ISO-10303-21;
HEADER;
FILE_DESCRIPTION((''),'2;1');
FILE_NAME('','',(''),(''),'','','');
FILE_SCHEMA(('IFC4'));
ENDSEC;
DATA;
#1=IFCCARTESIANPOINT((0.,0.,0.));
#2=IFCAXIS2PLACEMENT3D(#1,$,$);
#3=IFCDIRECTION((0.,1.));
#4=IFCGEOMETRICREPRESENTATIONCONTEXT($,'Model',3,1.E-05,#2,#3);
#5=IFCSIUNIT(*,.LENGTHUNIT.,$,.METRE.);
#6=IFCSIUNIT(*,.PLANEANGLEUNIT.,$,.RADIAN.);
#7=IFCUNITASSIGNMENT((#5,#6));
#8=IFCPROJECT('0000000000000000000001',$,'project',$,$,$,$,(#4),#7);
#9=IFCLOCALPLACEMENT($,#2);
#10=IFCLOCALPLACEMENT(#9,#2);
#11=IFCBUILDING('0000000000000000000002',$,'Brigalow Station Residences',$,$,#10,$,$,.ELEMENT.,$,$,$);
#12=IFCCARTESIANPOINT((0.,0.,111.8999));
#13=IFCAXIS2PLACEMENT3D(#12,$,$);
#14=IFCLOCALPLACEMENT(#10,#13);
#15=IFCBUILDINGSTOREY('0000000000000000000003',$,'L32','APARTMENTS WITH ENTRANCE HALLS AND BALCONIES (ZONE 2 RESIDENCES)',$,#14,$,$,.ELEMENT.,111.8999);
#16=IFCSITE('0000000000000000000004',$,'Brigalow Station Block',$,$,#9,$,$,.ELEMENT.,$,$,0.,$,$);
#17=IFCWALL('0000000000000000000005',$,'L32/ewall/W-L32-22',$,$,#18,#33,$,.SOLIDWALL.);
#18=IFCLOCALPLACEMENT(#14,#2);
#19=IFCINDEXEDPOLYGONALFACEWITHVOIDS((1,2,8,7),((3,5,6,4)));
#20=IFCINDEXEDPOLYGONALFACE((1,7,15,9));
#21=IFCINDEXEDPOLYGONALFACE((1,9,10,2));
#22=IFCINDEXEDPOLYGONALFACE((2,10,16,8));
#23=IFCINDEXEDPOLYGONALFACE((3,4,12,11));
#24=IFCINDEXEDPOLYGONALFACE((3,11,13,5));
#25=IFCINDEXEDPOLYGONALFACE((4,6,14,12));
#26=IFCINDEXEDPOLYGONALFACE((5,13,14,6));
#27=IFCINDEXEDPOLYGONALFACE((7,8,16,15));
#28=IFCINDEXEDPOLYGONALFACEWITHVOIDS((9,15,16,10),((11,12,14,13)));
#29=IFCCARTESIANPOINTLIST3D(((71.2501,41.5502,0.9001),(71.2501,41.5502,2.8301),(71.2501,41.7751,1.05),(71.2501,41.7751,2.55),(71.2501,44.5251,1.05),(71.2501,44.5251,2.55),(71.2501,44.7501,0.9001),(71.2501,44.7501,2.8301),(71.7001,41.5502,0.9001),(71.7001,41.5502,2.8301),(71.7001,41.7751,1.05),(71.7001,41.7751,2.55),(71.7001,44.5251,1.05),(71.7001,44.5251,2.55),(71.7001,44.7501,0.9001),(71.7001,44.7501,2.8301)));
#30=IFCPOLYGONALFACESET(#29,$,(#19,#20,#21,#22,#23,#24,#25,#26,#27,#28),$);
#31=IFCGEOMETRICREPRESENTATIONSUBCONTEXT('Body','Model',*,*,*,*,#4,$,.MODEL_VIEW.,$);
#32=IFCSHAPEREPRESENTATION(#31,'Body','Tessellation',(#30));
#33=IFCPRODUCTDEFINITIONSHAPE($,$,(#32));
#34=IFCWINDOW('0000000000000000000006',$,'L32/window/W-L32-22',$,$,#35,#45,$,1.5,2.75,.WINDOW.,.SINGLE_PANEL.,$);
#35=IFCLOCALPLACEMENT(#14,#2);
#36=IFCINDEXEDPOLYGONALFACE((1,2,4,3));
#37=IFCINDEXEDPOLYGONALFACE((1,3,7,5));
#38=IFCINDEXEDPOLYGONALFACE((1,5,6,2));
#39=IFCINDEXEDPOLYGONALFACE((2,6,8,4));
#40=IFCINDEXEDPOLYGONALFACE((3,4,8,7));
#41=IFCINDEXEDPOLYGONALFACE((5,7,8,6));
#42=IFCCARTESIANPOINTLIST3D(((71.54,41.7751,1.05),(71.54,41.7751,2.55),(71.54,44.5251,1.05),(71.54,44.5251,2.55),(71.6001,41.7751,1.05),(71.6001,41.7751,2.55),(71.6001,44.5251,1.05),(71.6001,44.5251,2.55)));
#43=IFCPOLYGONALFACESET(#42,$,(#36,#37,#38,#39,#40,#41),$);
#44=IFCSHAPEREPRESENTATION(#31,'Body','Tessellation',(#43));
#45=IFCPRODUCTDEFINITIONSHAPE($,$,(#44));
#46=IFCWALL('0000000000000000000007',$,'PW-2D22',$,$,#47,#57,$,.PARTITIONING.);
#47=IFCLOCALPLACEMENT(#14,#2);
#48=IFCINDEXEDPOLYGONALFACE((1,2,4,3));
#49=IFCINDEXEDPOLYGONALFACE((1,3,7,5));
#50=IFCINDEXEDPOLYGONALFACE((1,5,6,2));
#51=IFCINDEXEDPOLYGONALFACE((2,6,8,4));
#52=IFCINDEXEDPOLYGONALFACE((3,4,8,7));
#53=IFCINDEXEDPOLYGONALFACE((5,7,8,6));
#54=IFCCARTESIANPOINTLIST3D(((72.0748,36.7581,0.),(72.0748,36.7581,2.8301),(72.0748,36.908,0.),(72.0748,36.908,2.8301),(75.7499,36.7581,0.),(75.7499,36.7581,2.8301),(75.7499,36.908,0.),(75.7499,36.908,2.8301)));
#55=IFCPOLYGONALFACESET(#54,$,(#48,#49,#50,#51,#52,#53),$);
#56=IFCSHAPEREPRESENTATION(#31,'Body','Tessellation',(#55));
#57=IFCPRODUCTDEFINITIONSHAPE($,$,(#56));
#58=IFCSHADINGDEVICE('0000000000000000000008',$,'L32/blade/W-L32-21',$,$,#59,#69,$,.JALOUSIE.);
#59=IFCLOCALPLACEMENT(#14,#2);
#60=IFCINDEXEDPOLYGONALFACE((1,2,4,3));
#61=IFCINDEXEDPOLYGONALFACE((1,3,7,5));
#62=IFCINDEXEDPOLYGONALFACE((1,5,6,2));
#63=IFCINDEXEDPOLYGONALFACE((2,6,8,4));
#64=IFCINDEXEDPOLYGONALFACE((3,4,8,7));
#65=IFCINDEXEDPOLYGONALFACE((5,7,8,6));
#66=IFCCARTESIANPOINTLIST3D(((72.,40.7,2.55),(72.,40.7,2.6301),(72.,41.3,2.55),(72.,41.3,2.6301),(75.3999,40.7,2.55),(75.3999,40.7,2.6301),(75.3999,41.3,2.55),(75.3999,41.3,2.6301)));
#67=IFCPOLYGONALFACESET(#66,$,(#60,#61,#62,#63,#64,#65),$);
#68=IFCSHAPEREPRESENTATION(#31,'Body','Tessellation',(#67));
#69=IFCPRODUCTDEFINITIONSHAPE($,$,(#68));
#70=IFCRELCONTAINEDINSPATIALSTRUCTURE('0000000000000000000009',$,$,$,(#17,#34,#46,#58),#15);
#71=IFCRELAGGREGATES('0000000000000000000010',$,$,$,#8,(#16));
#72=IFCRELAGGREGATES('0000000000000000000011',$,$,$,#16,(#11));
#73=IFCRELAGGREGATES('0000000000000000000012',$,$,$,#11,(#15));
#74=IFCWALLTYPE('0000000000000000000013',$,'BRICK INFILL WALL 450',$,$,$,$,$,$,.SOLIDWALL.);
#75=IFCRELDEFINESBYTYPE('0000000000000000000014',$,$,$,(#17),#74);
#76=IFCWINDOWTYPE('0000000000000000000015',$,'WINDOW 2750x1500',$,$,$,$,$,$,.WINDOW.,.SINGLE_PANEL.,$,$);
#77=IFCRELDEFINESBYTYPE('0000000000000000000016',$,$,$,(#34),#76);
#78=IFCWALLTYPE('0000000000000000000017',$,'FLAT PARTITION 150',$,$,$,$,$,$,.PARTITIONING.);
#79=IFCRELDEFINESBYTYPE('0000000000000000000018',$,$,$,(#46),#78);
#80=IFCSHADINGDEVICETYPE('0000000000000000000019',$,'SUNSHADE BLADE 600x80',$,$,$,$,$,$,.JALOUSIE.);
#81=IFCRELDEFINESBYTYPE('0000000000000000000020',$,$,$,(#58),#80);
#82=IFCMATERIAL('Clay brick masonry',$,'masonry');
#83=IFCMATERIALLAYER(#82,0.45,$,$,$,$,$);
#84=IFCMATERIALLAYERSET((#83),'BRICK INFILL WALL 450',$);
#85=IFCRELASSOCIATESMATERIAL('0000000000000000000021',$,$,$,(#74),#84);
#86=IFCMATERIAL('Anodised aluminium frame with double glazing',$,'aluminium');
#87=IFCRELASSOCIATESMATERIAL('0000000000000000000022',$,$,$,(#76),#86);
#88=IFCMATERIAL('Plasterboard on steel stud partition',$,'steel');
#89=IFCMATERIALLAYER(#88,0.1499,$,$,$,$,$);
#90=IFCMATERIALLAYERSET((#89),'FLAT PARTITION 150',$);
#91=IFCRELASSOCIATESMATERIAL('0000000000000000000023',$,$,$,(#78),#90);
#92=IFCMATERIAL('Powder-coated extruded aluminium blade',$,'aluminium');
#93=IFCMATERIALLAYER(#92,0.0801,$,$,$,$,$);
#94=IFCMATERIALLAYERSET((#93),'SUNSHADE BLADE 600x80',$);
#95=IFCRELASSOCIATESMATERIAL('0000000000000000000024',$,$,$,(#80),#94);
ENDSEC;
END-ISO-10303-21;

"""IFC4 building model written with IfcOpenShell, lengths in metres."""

from ifc_helpers import new_model, si_unit, direction, frame, frame_2d, origin, origin_2d, place, context, subcontext, project, spatial, rectangle, extrude, material, layer, layer_set, type_object, element, fill, save


model = new_model("IFC4")

# Units and contexts
model_context = context("Model", 3, precision=1e-05, world=origin(), true_north=direction((0.0, 1.0)))
body_context = subcontext(model_context, "Body", "Model", "MODEL_VIEW")
ifc_project = project(units=[si_unit("LENGTHUNIT", "METRE"), si_unit("PLANEANGLEUNIT", "RADIAN")], contexts=[model_context])

# Site, building, storey
site_placement = place(None, origin())
site = spatial("IfcSite", under=ifc_project, at=site_placement, Name="Brigalow Station Block", CompositionType="ELEMENT", RefElevation=0.0)
building_placement = place(site_placement, origin())
building = spatial("IfcBuilding", under=site, at=building_placement, Name="Brigalow Station Residences", CompositionType="ELEMENT")
storey_placement = place(building_placement, frame((0.0, 0.0, 111.8999)))
storey = spatial("IfcBuildingStorey", under=building, at=storey_placement, Name="L32", Description="APARTMENTS WITH ENTRANCE HALLS AND BALCONIES (ZONE 2 RESIDENCES)", CompositionType="ELEMENT", Elevation=111.8999)

# Wall, opening, window
ifc_material_1 = material(Name="Clay brick masonry", Category="masonry")
ifc_layer_1 = layer(ifc_material_1, 0.45)
ifc_layer_set_1 = layer_set([ifc_layer_1], Name="BRICK INFILL WALL 450")
wall_type_1 = type_object("IfcWallType", Name="BRICK INFILL WALL 450", PredefinedType="SOLIDWALL", material=ifc_layer_set_1)
wall_1_placement = place(storey_placement, frame((71.4751, 41.55, 0.9001), z_axis=(0.0, 0.0, 1.0), x_axis=(0.0, 1.0, 0.0)))
wall_1 = element("IfcWall", 1, at=wall_1_placement, inside=storey, type_object=wall_type_1, Name="L32/ewall/W-L32-22", PredefinedType="SOLIDWALL", context=body_context, shape_type="SweptSolid", body=[
    extrude(rectangle(XDim=3.2, YDim=0.45, at=frame_2d((1.6001, 0.0))), origin(), (0.0, 0.0, 1.0), 1.9299),
])
opening_1_placement = place(wall_1_placement, frame((0.2251, 0.0, 0.1499)))
opening_1 = element("IfcOpeningElement", 2, at=opening_1_placement, cuts=wall_1, PredefinedType="OPENING", context=body_context, shape_type="SweptSolid", body=[
    extrude(rectangle(XDim=2.75, YDim=1.5, at=frame_2d((1.375, 0.75))), frame((0.0, 0.2349, 0.0), z_axis=(0.0, -1.0, 0.0), x_axis=(1.0, 0.0, 0.0)), (0.0, 0.0, 1.0), 0.47),
])
ifc_material_2 = material(Name="Anodised aluminium frame with double glazing", Category="aluminium")
window_type_1 = type_object("IfcWindowType", Name="WINDOW 2750x1500", PartitioningType="SINGLE_PANEL", PredefinedType="WINDOW", material=ifc_material_2)
window_1_placement = place(opening_1_placement, origin())
window_1 = element("IfcWindow", 3, at=window_1_placement, inside=storey, type_object=window_type_1, Name="L32/window/W-L32-22", OverallHeight=1.5, OverallWidth=2.75, PartitioningType="SINGLE_PANEL", PredefinedType="WINDOW", context=body_context, shape_type="SweptSolid", body=[
    extrude(rectangle(XDim=2.75, YDim=1.5, at=frame_2d((1.375, 0.75))), frame((0.0, -0.0649, 0.0), z_axis=(0.0, -1.0, 0.0), x_axis=(1.0, 0.0, 0.0)), (0.0, 0.0, 1.0), 0.0601),
])
fill(opening_1, window_1)

# Wall
ifc_material_3 = material(Name="Plasterboard on steel stud partition", Category="steel")
ifc_layer_2 = layer(ifc_material_3, 0.1499)
ifc_layer_set_2 = layer_set([ifc_layer_2], Name="FLAT PARTITION 150")
wall_type_2 = type_object("IfcWallType", Name="FLAT PARTITION 150", PredefinedType="PARTITIONING", material=ifc_layer_set_2)
wall_2_placement = place(storey_placement, frame((72.075, 36.833, 0.0), z_axis=(0.0, 0.0, 1.0), x_axis=(1.0, 0.0, 0.0)))
element("IfcWall", 4, at=wall_2_placement, inside=storey, type_object=wall_type_2, Name="PW-2D22", PredefinedType="PARTITIONING", context=body_context, shape_type="SweptSolid", body=[
    extrude(rectangle(XDim=3.675, YDim=0.1499, at=frame_2d((1.8374, 0.0))), origin(), (0.0, 0.0, 1.0), 2.8301),
])

# Shading device
ifc_material_4 = material(Name="Powder-coated extruded aluminium blade", Category="aluminium")
ifc_layer_3 = layer(ifc_material_4, 0.0801)
ifc_layer_set_3 = layer_set([ifc_layer_3], Name="SUNSHADE BLADE 600x80")
shading_device_type = type_object("IfcShadingDeviceType", Name="SUNSHADE BLADE 600x80", PredefinedType="JALOUSIE", material=ifc_layer_set_3)
shading_device_placement = place(storey_placement, frame((73.7, 41.0, 2.55), z_axis=(0.0, 0.0, 1.0), x_axis=(-1.0, 0.0, 0.0)))
element("IfcShadingDevice", 5, at=shading_device_placement, inside=storey, type_object=shading_device_type, Name="L32/blade/W-L32-21", PredefinedType="JALOUSIE", context=body_context, shape_type="SweptSolid", body=[
    extrude(rectangle(XDim=3.3999, YDim=0.6001, at=origin_2d()), origin(), (0.0, 0.0, 1.0), 0.0801),
])

save(model, "model.ifc")
